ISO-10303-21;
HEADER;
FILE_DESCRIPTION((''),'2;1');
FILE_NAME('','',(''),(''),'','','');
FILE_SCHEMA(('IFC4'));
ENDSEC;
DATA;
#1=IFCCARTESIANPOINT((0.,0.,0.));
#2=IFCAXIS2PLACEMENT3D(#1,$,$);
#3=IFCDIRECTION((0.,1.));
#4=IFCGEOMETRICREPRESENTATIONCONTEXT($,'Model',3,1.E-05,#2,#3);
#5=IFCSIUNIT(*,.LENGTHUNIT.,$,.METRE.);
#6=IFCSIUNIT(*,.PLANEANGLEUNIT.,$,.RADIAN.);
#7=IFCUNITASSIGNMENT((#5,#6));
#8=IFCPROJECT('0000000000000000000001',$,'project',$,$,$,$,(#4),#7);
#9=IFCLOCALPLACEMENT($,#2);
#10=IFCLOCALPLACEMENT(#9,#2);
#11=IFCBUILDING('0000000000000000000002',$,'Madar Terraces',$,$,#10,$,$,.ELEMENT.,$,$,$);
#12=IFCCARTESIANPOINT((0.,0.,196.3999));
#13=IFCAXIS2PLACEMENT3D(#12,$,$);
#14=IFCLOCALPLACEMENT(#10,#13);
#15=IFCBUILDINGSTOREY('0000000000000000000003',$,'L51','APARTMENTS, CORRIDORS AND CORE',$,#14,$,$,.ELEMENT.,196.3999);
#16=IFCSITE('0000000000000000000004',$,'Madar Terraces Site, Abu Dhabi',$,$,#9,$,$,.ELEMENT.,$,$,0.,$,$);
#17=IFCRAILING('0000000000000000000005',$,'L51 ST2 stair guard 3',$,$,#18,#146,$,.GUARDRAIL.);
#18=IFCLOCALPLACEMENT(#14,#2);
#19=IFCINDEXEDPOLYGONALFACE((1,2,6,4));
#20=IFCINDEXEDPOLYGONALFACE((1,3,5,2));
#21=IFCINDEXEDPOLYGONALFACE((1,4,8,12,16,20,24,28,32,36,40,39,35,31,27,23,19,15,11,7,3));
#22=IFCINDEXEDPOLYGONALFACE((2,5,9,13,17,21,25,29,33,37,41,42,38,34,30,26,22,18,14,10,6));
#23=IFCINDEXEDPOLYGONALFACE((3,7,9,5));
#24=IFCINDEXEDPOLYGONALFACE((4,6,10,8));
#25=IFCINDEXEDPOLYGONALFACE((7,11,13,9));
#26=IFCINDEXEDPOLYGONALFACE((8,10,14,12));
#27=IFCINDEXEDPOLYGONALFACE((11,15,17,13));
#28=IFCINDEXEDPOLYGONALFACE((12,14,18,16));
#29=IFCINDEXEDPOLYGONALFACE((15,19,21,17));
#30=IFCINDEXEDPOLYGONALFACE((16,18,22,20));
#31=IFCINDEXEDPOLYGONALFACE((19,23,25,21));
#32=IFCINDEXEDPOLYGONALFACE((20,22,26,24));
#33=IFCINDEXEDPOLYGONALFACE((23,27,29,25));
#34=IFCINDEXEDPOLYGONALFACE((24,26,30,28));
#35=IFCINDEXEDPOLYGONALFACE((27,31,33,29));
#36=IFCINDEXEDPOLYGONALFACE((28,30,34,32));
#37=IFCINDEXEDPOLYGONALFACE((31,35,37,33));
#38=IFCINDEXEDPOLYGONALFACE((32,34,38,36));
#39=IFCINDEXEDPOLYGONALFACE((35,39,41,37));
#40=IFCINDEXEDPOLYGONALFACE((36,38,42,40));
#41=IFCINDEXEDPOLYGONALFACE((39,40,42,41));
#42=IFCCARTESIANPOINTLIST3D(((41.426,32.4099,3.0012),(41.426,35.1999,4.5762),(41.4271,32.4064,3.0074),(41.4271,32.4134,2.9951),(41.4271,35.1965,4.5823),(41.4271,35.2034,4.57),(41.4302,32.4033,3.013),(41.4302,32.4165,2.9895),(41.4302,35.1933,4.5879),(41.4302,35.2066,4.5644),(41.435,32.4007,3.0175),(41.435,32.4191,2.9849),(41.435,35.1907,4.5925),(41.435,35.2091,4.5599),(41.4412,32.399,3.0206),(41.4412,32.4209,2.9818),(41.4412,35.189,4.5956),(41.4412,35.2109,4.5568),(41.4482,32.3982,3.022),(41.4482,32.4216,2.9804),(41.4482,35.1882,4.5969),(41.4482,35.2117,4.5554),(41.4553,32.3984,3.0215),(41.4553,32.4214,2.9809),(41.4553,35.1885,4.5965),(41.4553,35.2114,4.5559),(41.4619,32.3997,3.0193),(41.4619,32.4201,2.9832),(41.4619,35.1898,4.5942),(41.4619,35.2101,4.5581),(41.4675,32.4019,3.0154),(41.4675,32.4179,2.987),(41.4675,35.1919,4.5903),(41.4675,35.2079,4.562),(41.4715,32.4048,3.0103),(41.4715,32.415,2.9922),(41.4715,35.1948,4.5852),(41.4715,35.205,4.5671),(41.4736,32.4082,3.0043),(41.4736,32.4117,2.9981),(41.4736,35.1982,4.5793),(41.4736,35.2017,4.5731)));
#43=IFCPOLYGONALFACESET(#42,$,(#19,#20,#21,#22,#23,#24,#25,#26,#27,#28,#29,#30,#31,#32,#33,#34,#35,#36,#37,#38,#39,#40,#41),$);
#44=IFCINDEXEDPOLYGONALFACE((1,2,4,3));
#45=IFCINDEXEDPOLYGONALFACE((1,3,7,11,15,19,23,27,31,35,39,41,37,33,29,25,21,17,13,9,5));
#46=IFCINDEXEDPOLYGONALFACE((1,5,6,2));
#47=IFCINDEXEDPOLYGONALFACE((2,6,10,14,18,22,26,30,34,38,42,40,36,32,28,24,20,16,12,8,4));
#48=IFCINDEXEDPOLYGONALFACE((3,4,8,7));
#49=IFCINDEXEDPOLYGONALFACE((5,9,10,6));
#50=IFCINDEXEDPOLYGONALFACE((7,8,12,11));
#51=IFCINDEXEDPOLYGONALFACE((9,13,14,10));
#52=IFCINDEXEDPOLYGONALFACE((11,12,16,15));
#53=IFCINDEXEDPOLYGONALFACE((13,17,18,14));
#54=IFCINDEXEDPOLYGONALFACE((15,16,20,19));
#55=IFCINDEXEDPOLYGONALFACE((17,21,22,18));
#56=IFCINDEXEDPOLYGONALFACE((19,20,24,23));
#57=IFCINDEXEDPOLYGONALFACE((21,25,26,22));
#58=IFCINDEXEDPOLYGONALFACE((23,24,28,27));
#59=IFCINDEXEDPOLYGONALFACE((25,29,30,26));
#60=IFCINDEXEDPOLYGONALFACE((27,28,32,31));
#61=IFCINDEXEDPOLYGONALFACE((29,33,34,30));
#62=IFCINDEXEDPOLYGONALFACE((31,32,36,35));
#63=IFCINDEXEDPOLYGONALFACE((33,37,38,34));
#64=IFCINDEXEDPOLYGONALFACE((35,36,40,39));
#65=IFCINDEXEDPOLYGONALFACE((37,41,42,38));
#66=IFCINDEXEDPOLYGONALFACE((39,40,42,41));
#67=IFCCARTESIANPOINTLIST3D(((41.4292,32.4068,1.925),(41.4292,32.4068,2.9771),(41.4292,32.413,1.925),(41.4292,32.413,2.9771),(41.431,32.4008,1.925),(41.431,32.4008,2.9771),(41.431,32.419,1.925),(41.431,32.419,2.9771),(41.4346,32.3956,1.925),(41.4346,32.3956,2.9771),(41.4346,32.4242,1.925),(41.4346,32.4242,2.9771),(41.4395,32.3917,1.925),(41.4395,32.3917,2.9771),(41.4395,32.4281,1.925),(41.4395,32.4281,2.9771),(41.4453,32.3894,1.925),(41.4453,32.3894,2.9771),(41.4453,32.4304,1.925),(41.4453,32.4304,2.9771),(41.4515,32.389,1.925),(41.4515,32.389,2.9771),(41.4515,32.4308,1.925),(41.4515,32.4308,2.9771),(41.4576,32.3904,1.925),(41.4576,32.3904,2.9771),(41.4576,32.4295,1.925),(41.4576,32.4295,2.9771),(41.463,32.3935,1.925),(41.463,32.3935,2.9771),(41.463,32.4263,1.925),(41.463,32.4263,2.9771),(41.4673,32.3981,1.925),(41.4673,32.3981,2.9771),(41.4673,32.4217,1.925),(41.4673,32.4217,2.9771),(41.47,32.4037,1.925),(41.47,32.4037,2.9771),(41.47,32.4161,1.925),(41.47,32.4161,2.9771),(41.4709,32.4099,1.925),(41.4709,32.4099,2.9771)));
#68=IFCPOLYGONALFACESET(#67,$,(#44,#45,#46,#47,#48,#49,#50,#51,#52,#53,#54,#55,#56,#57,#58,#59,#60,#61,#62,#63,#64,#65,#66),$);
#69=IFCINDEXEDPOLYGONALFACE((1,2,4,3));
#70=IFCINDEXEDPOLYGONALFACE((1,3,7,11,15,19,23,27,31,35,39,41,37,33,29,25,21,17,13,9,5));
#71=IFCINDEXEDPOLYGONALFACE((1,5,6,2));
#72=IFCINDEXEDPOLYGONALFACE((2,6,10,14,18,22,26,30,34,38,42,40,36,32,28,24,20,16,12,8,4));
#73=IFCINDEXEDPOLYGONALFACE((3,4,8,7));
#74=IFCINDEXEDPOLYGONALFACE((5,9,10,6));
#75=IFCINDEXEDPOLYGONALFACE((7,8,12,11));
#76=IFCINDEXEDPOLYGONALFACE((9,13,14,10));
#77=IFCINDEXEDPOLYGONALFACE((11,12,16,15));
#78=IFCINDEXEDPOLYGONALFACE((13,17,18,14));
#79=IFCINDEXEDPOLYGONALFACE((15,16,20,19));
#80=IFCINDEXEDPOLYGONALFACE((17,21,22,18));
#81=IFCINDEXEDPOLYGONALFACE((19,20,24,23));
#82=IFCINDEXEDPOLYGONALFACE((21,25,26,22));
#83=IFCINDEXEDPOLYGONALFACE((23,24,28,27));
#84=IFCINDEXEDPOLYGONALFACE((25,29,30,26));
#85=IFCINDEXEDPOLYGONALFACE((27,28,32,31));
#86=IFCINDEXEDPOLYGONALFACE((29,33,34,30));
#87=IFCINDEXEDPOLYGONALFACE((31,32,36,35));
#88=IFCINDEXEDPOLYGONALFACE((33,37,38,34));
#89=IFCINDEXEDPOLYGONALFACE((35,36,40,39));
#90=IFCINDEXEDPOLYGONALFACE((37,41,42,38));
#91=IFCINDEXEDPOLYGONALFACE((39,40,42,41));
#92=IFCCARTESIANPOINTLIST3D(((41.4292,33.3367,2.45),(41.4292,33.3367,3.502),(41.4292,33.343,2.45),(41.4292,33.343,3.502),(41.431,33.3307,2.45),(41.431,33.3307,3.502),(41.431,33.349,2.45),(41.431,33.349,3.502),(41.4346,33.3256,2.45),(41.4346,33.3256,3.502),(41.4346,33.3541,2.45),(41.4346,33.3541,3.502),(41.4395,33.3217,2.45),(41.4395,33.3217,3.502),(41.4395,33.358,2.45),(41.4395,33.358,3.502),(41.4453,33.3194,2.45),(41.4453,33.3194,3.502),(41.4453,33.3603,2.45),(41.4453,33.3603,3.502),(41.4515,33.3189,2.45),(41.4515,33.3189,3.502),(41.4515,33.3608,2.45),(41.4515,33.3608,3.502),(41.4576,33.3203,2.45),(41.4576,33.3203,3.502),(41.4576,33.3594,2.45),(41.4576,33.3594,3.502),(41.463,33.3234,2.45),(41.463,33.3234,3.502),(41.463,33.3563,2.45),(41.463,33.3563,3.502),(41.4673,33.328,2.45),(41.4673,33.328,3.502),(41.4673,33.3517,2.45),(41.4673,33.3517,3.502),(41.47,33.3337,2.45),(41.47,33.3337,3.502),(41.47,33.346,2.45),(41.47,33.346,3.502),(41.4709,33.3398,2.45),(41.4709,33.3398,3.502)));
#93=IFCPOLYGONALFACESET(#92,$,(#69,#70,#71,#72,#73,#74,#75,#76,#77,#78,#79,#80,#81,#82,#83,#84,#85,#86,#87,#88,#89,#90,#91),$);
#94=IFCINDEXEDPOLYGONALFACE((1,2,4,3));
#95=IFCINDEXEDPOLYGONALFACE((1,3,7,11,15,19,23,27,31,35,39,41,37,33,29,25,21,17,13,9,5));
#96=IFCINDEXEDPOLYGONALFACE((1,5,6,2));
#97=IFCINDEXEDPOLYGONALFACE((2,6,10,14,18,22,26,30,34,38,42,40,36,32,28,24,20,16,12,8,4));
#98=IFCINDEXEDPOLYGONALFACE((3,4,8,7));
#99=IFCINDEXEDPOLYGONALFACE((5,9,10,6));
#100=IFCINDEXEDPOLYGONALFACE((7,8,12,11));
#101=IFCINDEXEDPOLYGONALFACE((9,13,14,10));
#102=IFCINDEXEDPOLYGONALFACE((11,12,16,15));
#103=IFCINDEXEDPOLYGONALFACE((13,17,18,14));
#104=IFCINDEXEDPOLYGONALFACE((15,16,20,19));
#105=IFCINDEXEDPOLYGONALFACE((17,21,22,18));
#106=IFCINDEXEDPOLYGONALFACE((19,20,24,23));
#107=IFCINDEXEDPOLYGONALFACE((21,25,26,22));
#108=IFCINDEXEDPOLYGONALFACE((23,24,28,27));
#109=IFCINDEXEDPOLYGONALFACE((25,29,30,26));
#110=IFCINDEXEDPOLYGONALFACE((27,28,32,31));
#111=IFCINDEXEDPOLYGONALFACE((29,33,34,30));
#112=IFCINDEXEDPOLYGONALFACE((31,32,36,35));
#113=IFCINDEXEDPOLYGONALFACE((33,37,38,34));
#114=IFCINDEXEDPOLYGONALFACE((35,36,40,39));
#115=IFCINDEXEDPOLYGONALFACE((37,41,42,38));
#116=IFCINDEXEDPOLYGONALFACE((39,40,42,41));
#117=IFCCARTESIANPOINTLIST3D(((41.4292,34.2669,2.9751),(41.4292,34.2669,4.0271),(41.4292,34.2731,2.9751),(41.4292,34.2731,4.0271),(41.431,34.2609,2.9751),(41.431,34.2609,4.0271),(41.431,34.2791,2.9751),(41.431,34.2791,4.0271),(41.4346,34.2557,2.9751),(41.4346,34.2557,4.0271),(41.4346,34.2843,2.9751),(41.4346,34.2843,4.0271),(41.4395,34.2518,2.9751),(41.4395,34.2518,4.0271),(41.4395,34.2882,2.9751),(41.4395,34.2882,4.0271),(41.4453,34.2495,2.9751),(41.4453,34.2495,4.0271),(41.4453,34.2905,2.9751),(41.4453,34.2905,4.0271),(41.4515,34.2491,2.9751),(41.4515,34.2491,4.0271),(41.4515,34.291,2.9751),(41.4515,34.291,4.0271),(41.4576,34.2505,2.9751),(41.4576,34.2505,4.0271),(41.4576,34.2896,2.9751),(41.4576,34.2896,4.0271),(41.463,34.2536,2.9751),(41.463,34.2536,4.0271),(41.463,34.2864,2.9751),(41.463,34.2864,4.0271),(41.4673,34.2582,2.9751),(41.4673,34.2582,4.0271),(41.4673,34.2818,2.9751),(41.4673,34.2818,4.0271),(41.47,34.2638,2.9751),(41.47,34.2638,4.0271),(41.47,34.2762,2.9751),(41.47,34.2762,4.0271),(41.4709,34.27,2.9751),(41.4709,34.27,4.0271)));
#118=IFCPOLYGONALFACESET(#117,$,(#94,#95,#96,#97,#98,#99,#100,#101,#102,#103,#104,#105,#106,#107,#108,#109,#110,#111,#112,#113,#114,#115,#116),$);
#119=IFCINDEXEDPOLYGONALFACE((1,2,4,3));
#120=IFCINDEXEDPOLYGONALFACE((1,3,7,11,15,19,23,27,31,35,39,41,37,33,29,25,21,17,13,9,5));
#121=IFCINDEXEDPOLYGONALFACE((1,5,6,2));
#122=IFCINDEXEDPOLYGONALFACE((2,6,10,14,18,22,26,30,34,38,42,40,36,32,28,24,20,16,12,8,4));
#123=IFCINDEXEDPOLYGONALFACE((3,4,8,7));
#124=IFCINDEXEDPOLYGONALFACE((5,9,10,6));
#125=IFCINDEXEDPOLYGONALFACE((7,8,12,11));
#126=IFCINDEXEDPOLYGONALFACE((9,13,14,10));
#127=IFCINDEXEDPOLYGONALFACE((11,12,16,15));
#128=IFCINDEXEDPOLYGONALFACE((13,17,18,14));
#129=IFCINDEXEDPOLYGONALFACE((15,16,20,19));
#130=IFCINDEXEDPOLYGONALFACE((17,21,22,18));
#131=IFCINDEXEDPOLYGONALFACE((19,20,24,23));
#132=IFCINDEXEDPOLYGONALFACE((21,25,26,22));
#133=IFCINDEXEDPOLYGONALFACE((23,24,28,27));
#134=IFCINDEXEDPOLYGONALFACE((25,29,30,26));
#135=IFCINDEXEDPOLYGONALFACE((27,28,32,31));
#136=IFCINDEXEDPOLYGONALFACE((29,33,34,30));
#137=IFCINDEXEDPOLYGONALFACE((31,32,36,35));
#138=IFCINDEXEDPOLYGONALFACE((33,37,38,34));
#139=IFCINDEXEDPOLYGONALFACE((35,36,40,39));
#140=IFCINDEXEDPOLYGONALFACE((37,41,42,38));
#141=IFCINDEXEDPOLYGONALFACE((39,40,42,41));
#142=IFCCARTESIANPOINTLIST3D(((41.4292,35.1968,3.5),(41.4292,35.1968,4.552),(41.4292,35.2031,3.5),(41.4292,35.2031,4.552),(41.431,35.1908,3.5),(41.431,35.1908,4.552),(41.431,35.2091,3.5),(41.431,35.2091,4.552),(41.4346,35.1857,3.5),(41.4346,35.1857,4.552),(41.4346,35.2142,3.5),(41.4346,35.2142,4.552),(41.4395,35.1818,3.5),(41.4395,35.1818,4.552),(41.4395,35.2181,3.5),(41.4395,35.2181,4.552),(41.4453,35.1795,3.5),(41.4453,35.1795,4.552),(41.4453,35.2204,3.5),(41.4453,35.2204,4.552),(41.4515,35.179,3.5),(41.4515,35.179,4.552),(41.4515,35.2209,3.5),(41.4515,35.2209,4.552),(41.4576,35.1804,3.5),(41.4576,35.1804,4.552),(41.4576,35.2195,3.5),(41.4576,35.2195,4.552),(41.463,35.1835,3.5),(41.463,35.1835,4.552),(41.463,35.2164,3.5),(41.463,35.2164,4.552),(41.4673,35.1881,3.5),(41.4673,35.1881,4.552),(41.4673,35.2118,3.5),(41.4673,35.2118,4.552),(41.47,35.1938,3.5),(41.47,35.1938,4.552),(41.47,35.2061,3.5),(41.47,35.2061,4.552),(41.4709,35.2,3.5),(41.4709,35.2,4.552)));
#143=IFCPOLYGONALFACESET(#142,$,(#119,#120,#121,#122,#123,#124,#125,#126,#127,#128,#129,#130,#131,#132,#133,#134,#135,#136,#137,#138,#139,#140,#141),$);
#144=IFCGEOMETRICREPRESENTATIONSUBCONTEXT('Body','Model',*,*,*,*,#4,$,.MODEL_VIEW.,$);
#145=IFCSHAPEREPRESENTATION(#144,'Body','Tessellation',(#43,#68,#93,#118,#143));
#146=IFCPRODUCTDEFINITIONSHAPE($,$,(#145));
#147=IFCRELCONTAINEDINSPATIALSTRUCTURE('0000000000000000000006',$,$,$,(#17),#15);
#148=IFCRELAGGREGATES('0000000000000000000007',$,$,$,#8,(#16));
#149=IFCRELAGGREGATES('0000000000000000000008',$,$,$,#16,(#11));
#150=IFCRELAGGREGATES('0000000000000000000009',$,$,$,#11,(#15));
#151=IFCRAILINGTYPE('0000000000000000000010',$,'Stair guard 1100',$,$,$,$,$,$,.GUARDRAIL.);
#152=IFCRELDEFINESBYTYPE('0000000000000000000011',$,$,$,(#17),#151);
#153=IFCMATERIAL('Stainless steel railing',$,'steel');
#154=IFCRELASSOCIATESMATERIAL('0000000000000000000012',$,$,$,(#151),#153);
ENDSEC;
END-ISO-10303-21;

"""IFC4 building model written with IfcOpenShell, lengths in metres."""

from ifc_helpers import new_model, si_unit, direction, frame, origin, origin_2d, place, context, subcontext, project, spatial, circle, extrude, material, type_object, element, save


model = new_model("IFC4")

# Units and contexts
model_context = context("Model", 3, precision=1e-05, world=origin(), true_north=direction((0.0, 1.0)))
body_context = subcontext(model_context, "Body", "Model", "MODEL_VIEW")
ifc_project = project(units=[si_unit("LENGTHUNIT", "METRE"), si_unit("PLANEANGLEUNIT", "RADIAN")], contexts=[model_context])

# Site, building, storey
site_placement = place(None, origin())
site = spatial("IfcSite", under=ifc_project, at=site_placement, Name="Madar Terraces Site, Abu Dhabi", CompositionType="ELEMENT", RefElevation=0.0)
building_placement = place(site_placement, origin())
building = spatial("IfcBuilding", under=site, at=building_placement, Name="Madar Terraces", CompositionType="ELEMENT")
storey_placement = place(building_placement, frame((0.0, 0.0, 196.3999)))
storey = spatial("IfcBuildingStorey", under=building, at=storey_placement, Name="L51", Description="APARTMENTS, CORRIDORS AND CORE", CompositionType="ELEMENT", Elevation=196.3999)

# Railing
ifc_material_1 = material(Name="Stainless steel railing", Category="steel")
railing_type_1 = type_object("IfcRailingType", Name="Stair guard 1100", PredefinedType="GUARDRAIL", material=ifc_material_1)
railing_1_placement = place(storey_placement, frame((41.45, 32.4099, 1.925)))
element("IfcRailing", 1, at=railing_1_placement, inside=storey, type_object=railing_type_1, Name="L51 ST2 stair guard 3", PredefinedType="GUARDRAIL", context=body_context, shape_type="SweptSolid", body=[
    extrude(circle(Radius=0.0239, at=origin_2d()), frame((0.0, 0.0, 1.0762), z_axis=(0.0, 0.870834, 0.491578), x_axis=(-1.0, 0.0, 0.0)), (0.0, 0.0, 1.0), 3.2039),
    extrude(circle(Radius=0.021, at=origin_2d()), origin(), (0.0, 0.0, 1.0), 1.052),
    extrude(circle(Radius=0.021, at=origin_2d()), frame((0.0, 0.9299, 0.5249)), (0.0, 0.0, 1.0), 1.052),
    extrude(circle(Radius=0.021, at=origin_2d()), frame((0.0, 1.8601, 1.05)), (0.0, 0.0, 1.0), 1.052),
    extrude(circle(Radius=0.021, at=origin_2d()), frame((0.0, 2.79, 1.575)), (0.0, 0.0, 1.0), 1.052),
])

save(model, "model.ifc")
